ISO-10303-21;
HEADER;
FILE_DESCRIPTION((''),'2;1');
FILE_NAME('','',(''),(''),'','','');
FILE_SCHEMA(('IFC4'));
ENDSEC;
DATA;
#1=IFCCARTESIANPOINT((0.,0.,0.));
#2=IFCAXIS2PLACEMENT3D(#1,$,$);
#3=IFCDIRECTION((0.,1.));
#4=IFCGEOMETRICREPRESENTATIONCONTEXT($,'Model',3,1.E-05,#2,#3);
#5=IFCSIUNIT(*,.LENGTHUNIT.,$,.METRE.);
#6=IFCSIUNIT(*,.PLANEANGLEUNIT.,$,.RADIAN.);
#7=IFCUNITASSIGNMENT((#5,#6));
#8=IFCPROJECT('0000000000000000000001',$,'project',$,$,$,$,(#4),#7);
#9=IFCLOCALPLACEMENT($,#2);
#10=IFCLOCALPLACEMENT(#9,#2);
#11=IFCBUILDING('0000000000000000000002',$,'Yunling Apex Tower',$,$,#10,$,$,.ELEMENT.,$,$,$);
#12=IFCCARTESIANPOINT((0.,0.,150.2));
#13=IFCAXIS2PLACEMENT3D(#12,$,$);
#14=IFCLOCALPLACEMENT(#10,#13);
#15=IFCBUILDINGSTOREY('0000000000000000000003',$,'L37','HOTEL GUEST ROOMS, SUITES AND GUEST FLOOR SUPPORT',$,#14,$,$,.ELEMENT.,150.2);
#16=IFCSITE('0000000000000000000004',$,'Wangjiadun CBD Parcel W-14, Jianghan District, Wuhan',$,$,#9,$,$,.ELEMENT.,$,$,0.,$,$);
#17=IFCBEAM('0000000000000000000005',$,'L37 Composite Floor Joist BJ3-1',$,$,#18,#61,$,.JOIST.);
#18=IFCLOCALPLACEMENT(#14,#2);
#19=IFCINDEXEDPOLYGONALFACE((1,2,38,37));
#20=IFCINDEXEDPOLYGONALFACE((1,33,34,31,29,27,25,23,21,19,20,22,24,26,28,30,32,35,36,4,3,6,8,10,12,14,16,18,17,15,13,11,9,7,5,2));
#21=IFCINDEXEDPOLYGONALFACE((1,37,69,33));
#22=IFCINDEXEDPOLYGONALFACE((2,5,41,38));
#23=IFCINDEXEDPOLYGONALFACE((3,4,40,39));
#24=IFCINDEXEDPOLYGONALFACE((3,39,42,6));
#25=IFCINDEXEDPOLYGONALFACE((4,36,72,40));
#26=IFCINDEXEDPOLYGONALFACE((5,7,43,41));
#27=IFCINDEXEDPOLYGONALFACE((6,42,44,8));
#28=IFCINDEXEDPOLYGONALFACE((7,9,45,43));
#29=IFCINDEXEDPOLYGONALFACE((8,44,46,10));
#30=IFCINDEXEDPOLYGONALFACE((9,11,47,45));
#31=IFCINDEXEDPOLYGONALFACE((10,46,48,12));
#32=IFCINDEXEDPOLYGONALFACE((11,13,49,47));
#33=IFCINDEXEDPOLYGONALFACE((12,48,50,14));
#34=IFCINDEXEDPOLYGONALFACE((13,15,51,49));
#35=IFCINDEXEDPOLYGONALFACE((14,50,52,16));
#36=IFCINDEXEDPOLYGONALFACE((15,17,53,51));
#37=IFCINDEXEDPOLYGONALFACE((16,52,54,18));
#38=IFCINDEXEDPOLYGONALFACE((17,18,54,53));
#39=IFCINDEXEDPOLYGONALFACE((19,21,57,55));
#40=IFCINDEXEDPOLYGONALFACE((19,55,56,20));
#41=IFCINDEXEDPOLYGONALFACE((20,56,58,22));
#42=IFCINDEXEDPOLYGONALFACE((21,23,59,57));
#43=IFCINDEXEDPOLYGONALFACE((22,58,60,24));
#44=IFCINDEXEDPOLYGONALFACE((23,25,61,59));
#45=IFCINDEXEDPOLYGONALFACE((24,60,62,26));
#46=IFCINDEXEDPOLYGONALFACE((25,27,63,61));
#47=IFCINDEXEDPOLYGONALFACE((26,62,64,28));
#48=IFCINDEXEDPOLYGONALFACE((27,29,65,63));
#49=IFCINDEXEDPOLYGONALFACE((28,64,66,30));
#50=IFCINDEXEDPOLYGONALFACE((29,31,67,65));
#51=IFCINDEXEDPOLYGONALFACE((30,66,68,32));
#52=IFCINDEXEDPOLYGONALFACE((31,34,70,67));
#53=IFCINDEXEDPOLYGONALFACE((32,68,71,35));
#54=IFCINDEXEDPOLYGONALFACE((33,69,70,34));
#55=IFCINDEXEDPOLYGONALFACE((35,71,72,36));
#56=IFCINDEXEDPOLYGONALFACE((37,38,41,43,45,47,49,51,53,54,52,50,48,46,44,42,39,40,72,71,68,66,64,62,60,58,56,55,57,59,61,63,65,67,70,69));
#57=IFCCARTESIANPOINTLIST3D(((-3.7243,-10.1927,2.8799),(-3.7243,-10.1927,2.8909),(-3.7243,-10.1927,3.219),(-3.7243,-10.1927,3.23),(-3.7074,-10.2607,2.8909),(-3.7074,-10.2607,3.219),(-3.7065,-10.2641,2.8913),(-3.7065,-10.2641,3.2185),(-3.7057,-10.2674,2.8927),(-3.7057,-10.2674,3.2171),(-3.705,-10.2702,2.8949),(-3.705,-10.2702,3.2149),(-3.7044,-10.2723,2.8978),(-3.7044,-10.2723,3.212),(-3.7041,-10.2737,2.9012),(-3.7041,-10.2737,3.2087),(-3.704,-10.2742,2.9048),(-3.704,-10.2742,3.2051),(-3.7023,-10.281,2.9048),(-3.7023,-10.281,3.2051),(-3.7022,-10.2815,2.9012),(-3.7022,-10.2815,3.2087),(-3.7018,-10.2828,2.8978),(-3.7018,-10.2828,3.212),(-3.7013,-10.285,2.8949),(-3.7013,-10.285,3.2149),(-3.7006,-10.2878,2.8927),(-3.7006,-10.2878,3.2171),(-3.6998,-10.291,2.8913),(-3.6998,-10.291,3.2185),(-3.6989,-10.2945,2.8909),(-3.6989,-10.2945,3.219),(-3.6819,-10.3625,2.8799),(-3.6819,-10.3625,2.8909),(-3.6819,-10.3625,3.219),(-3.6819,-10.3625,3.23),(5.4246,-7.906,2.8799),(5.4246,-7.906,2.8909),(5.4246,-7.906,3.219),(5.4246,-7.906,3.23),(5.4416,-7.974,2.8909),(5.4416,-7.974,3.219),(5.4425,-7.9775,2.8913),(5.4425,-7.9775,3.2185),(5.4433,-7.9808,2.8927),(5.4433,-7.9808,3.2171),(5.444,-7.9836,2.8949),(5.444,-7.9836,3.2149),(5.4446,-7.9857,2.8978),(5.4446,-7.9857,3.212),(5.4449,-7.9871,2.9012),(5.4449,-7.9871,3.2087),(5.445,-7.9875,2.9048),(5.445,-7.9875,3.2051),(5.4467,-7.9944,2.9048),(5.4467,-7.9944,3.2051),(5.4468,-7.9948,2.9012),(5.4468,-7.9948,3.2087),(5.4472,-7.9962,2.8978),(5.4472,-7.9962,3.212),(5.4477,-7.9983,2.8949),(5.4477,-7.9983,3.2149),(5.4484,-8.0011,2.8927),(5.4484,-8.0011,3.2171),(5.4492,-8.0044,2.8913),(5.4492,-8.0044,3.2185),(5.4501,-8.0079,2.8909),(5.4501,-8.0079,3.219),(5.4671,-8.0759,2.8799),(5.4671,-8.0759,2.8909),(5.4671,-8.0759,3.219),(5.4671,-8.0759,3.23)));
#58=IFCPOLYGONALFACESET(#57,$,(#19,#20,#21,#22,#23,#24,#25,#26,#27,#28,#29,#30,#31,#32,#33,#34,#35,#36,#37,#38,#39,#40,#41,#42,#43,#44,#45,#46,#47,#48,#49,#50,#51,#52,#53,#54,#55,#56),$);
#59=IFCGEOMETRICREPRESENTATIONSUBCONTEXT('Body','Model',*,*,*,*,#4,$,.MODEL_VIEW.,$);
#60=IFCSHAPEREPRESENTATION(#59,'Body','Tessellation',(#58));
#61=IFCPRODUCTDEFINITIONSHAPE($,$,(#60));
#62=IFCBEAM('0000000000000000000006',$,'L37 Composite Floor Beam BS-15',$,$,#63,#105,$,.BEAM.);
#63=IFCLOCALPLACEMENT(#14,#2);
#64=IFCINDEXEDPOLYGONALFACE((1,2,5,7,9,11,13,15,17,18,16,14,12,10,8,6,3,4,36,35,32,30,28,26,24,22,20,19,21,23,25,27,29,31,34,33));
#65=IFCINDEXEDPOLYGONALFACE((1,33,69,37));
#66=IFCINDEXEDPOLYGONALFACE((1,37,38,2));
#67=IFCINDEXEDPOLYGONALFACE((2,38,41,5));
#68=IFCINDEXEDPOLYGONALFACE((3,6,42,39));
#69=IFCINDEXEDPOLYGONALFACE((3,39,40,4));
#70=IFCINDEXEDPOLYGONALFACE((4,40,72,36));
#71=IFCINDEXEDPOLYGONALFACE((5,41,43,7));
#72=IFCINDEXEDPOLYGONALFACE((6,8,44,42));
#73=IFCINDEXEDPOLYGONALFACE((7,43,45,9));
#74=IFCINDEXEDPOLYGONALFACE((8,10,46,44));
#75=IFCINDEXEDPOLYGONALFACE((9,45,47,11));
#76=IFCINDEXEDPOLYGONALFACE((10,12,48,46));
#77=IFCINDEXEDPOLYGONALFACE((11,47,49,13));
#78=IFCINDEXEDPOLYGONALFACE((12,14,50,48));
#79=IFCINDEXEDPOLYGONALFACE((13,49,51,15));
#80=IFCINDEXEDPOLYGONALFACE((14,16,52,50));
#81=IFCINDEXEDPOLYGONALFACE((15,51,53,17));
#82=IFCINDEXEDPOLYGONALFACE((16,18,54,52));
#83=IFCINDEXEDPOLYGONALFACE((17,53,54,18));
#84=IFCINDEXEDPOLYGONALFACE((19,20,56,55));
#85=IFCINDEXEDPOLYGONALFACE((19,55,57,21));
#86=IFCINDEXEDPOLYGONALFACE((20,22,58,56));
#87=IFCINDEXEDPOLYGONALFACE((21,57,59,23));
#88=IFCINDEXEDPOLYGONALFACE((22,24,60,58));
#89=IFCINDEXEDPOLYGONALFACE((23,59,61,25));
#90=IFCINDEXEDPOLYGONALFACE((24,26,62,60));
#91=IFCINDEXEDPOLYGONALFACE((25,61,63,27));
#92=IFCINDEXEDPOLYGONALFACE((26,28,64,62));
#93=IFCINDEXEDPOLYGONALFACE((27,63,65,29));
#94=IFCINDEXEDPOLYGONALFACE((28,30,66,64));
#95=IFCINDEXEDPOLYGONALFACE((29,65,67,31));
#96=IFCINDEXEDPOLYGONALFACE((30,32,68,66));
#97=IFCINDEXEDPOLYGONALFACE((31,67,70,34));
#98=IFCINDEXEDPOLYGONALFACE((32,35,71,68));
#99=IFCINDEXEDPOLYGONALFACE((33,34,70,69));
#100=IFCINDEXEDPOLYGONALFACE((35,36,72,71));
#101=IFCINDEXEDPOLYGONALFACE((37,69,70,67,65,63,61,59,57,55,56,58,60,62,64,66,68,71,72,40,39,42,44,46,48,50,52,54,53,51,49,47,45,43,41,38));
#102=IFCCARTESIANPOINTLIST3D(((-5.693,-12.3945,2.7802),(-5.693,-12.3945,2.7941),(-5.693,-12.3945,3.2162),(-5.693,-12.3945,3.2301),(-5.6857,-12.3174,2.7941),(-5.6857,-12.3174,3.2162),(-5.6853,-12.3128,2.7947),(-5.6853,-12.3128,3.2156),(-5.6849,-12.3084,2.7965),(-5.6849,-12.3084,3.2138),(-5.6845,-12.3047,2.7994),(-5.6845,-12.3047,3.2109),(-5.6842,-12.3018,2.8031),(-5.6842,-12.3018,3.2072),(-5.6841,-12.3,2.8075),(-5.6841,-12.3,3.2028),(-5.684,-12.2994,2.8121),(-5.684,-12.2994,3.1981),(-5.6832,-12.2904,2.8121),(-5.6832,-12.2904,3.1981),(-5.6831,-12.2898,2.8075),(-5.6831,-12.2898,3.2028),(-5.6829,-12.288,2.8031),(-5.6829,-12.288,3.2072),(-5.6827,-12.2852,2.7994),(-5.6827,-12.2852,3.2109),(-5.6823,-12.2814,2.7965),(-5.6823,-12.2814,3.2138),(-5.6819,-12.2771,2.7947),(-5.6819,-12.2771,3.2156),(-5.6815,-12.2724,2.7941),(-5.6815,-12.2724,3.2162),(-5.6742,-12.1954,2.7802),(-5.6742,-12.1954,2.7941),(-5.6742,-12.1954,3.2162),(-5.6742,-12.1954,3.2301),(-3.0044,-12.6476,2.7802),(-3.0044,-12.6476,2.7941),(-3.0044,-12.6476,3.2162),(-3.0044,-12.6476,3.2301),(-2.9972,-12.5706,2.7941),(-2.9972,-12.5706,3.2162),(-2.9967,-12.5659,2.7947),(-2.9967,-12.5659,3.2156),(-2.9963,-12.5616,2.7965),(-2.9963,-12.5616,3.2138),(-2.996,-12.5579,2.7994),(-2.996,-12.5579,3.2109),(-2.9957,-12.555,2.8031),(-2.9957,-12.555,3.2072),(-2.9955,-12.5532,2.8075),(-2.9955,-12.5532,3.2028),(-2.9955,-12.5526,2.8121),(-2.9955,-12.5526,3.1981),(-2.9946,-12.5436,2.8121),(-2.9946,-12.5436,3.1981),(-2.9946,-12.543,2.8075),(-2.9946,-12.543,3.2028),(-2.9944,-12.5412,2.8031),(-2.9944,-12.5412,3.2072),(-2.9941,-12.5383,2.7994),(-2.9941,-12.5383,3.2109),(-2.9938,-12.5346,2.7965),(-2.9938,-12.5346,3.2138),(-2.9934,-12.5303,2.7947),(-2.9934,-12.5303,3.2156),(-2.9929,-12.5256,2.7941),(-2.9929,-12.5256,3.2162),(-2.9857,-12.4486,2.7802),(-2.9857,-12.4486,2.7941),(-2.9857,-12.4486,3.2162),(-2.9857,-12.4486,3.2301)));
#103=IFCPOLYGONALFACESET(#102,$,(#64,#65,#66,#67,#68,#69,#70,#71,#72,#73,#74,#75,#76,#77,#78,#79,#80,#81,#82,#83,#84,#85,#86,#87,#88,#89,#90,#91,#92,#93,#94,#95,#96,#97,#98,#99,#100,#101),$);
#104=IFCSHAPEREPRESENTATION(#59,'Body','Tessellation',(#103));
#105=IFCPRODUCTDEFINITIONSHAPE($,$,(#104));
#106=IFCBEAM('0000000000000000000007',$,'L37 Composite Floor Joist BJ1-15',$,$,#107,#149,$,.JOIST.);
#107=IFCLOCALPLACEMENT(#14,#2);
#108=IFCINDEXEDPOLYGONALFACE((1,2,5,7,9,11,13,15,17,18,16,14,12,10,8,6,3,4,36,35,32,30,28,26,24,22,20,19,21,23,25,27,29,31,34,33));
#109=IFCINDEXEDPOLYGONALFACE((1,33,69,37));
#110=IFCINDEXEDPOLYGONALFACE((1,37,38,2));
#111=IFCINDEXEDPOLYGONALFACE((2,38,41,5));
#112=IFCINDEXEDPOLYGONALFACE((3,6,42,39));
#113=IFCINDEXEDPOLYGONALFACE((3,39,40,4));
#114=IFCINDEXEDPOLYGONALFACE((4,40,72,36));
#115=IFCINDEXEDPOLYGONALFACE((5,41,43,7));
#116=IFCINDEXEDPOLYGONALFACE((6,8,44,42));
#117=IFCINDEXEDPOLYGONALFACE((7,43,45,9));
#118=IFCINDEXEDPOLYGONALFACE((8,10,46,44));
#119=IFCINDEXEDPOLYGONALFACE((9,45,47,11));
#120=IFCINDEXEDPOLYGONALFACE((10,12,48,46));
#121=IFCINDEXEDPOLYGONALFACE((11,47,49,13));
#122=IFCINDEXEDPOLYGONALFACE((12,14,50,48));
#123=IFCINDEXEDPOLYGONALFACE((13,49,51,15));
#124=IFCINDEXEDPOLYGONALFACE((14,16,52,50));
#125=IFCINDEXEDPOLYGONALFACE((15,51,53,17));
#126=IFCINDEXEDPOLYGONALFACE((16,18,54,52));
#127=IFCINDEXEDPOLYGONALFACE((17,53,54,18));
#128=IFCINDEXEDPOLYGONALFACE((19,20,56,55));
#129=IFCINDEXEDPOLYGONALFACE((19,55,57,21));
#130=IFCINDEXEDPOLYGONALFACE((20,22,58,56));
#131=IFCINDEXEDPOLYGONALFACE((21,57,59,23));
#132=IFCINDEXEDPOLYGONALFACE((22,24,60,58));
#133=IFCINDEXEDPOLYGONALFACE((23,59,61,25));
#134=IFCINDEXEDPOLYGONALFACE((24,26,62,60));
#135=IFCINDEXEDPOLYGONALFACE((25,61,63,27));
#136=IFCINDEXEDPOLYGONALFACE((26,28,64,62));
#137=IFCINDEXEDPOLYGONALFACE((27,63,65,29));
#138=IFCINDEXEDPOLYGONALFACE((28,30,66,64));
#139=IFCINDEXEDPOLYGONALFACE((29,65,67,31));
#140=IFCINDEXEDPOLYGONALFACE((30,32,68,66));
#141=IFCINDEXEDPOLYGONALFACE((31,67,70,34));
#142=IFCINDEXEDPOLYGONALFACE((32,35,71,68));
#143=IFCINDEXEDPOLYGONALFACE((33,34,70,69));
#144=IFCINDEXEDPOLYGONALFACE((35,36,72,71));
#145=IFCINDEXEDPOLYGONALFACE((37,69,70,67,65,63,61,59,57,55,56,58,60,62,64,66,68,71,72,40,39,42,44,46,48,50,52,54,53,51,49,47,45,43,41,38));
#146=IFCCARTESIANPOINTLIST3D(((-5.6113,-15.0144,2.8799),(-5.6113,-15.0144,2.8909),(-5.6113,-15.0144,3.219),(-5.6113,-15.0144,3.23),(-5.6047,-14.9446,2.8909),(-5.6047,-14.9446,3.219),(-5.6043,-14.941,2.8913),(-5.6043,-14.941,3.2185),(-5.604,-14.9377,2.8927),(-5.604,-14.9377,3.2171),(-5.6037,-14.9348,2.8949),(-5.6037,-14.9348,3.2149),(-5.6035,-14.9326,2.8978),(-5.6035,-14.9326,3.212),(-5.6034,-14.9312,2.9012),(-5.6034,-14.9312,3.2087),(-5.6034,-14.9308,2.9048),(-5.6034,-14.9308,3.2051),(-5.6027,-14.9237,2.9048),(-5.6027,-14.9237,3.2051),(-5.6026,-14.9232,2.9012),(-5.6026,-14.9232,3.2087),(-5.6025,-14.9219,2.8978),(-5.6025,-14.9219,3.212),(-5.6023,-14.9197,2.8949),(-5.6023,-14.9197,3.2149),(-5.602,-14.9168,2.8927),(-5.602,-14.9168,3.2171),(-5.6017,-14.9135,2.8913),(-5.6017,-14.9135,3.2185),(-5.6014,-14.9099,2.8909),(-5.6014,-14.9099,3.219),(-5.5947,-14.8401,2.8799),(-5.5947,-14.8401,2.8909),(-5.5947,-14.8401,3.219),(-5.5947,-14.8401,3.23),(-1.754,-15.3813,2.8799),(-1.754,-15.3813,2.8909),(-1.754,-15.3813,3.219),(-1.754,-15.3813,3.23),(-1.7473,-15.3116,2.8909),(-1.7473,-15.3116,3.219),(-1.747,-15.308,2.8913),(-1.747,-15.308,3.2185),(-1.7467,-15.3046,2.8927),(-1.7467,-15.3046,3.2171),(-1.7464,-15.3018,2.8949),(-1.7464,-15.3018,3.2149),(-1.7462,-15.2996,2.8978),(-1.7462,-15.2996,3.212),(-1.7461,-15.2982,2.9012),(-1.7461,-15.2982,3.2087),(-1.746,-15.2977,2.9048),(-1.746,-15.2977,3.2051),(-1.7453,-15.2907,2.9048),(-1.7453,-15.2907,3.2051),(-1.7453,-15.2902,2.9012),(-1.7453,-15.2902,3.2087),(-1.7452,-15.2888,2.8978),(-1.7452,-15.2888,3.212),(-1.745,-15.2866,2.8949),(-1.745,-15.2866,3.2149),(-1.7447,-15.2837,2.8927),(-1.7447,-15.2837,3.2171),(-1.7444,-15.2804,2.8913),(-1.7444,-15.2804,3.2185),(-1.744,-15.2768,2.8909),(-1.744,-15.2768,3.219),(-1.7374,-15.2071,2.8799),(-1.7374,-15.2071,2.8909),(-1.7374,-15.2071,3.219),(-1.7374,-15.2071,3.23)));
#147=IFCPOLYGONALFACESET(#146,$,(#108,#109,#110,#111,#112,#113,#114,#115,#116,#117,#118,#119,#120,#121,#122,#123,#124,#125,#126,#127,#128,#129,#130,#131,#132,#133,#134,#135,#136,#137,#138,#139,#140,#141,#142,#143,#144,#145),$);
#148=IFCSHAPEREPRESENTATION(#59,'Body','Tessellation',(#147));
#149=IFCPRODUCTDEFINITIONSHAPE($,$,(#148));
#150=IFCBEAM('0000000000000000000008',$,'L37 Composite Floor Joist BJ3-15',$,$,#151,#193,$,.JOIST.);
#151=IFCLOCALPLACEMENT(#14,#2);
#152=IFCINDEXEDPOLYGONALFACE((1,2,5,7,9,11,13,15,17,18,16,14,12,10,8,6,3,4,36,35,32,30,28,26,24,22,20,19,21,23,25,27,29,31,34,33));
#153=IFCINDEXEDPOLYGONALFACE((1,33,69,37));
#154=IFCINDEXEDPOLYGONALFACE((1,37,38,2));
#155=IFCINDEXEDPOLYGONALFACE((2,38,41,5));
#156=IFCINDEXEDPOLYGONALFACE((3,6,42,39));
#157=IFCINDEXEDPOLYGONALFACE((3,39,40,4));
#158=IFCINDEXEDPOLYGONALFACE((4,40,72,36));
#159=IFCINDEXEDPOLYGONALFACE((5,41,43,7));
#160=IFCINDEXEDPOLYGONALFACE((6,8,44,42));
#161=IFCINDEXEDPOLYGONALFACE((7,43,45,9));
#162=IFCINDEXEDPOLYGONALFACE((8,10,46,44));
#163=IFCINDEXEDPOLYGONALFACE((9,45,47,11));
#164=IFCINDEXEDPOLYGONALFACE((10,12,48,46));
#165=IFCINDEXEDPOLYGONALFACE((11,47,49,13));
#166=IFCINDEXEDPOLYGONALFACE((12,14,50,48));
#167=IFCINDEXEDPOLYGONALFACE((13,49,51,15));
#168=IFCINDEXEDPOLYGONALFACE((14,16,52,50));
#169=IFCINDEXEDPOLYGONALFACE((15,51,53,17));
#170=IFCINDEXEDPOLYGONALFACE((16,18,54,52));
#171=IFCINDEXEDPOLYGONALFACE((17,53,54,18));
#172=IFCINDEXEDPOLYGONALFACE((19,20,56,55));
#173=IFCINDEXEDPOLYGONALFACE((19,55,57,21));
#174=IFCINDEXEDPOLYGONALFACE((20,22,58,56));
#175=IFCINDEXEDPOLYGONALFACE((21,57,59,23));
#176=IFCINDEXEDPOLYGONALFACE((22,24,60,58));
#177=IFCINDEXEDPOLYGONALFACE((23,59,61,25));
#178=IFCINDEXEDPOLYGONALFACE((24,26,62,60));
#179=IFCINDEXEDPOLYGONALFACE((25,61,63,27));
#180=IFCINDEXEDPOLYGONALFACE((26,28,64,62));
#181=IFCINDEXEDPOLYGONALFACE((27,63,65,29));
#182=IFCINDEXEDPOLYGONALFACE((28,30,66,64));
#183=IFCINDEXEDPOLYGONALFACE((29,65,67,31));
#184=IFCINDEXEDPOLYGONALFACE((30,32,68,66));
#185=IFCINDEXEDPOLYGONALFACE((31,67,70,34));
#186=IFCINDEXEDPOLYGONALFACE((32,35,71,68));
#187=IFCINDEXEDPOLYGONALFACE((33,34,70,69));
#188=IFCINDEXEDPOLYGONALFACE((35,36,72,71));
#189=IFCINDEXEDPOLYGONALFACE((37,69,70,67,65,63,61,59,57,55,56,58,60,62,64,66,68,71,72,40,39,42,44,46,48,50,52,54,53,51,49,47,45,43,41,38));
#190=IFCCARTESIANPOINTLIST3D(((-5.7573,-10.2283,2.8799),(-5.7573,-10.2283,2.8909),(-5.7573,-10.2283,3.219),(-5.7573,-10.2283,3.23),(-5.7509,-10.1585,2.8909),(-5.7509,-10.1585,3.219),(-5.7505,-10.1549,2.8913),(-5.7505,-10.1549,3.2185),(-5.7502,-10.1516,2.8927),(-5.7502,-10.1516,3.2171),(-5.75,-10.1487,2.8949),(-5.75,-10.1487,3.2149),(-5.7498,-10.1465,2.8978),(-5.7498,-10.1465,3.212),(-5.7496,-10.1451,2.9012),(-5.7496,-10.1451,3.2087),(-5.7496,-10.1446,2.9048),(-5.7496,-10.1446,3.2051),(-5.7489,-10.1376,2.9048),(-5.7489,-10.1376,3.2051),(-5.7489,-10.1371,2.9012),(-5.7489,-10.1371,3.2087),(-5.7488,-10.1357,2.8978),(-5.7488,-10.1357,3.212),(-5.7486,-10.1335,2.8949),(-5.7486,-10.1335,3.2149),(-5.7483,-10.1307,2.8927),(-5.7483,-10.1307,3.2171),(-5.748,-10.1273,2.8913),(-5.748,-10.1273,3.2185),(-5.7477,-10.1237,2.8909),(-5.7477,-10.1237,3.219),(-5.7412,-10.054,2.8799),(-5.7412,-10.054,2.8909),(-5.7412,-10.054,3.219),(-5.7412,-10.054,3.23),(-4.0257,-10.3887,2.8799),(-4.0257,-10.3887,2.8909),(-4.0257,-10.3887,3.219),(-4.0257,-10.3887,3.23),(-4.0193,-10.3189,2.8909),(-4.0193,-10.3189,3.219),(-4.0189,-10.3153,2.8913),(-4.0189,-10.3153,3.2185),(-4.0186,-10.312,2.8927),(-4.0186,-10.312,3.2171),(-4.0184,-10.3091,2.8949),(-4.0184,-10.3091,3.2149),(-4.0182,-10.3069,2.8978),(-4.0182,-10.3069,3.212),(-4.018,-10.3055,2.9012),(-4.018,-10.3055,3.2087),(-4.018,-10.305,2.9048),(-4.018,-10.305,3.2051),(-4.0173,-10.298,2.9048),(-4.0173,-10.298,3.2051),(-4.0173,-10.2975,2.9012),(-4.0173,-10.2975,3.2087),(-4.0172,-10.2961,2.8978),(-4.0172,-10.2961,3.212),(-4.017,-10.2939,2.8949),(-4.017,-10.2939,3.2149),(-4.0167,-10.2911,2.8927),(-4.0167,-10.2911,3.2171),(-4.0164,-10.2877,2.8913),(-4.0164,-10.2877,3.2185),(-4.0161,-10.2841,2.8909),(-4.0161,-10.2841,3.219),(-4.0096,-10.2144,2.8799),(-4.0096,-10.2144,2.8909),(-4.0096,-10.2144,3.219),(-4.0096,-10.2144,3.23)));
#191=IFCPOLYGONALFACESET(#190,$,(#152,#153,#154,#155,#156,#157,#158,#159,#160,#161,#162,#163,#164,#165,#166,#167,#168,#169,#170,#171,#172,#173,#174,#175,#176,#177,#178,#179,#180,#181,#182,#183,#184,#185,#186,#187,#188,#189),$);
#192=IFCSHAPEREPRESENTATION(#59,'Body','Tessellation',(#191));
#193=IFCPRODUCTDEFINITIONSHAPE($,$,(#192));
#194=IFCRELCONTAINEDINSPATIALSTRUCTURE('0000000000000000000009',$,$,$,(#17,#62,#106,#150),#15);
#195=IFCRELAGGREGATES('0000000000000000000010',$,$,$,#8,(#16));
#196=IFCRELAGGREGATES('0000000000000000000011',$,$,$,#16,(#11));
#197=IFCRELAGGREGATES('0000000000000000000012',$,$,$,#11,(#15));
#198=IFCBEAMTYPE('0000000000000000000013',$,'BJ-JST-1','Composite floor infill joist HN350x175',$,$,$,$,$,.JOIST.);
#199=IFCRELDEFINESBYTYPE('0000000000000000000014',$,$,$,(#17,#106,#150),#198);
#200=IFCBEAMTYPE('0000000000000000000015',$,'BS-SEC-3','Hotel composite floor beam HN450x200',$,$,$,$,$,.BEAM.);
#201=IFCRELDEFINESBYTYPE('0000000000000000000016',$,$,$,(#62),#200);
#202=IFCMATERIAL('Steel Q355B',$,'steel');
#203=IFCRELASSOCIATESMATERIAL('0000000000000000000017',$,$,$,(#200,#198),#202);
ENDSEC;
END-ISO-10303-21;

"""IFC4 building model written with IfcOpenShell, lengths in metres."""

from ifc_helpers import new_model, si_unit, direction, frame, origin, origin_2d, place, context, subcontext, project, spatial, i_section, extrude, source, transform, mapped, material, material_profile, profile_set, type_object, element, save


model = new_model("IFC4")

# Units and contexts
model_context = context("Model", 3, precision=1e-05, world=origin(), true_north=direction((0.0, 1.0)))
body_context = subcontext(model_context, "Body", "Model", "MODEL_VIEW")
ifc_project = project(units=[si_unit("LENGTHUNIT", "METRE"), si_unit("PLANEANGLEUNIT", "RADIAN")], contexts=[model_context])

# Site, building, storey
site_placement = place(None, origin())
site = spatial("IfcSite", under=ifc_project, at=site_placement, Name="Wangjiadun CBD Parcel W-14, Jianghan District, Wuhan", CompositionType="ELEMENT", RefElevation=0.0)
building_placement = place(site_placement, origin())
building = spatial("IfcBuilding", under=site, at=building_placement, Name="Yunling Apex Tower", CompositionType="ELEMENT")
storey_placement = place(building_placement, frame((0.0, 0.0, 150.2)))
storey = spatial("IfcBuildingStorey", under=building, at=storey_placement, Name="L37", Description="HOTEL GUEST ROOMS, SUITES AND GUEST FLOOR SUPPORT", CompositionType="ELEMENT", Elevation=150.2)

# Beams
ifc_material_1 = material(Name="Steel Q355B", Category="steel")
ifc_material_profile_1 = material_profile(ifc_material_1, i_section(OverallWidth=0.2, OverallDepth=0.45, WebThickness=0.009, FlangeThickness=0.0139, FilletRadius=0.0181, at=origin_2d()))
ifc_profile_set_1 = profile_set([ifc_material_profile_1], Name="Steel Q355B")
beam_type_1 = type_object("IfcBeamType", Name="BS-SEC-3", Description="Hotel composite floor beam HN450x200", PredefinedType="BEAM", material=ifc_profile_set_1)
ifc_material_profile_2 = material_profile(ifc_material_1, i_section(OverallWidth=0.175, OverallDepth=0.3501, WebThickness=0.0071, FlangeThickness=0.011, FilletRadius=0.0139, at=origin_2d()))
ifc_profile_set_2 = profile_set([ifc_material_profile_2], Name="Steel Q355B")
beam_type_2 = type_object("IfcBeamType", Name="BJ-JST-1", Description="Composite floor infill joist HN350x175", PredefinedType="JOIST", material=ifc_profile_set_2)
shared_shape_1 = source(origin(), body_context, "Body", "SweptSolid", [
    extrude(i_section(OverallWidth=0.175, OverallDepth=0.3501, WebThickness=0.0071, FlangeThickness=0.011, FilletRadius=0.0139, at=origin_2d()), origin(), (0.0, 0.0, 1.0), 9.4304),
])
beam_1_placement = place(storey_placement, frame((-3.7031, -10.2776, 3.0549), z_axis=(0.970158, 0.242475, 0.0), x_axis=(-0.242475, 0.970158, 0.0)))
element("IfcBeam", 1, at=beam_1_placement, inside=storey, type_object=beam_type_2, Name="L37 Composite Floor Joist BJ3-1", PredefinedType="JOIST", context=body_context, shape_type="MappedRepresentation", body=[
    mapped(shared_shape_1, transform((0.0, 0.0, 0.0), scale=1.0)),
])
shared_shape_2 = source(origin(), body_context, "Body", "SweptSolid", [
    extrude(i_section(OverallWidth=0.2, OverallDepth=0.45, WebThickness=0.009, FlangeThickness=0.0139, FilletRadius=0.0181, at=origin_2d()), origin(), (0.0, 0.0, 1.0), 2.7004),
])
beam_2_placement = place(storey_placement, frame((-5.6836, -12.2949, 3.0051), z_axis=(0.995595, -0.093755, 0.0), x_axis=(0.093755, 0.995595, 0.0)))
element("IfcBeam", 2, at=beam_2_placement, inside=storey, type_object=beam_type_1, Name="L37 Composite Floor Beam BS-15", PredefinedType="BEAM", context=body_context, shape_type="MappedRepresentation", body=[
    mapped(shared_shape_2, transform((0.0, 0.0, 0.0), scale=1.0)),
])
shared_shape_3 = source(origin(), body_context, "Body", "SweptSolid", [
    extrude(i_section(OverallWidth=0.175, OverallDepth=0.3501, WebThickness=0.0071, FlangeThickness=0.011, FilletRadius=0.0139, at=origin_2d()), origin(), (0.0, 0.0, 1.0), 3.8748),
])
beam_3_placement = place(storey_placement, frame((-5.603, -14.9272, 3.0549), z_axis=(0.995506, -0.094699, 0.0), x_axis=(0.094699, 0.995506, 0.0)))
element("IfcBeam", 3, at=beam_3_placement, inside=storey, type_object=beam_type_2, Name="L37 Composite Floor Joist BJ1-15", PredefinedType="JOIST", context=body_context, shape_type="MappedRepresentation", body=[
    mapped(shared_shape_3, transform((0.0, 0.0, 0.0), scale=1.0)),
])
shared_shape_4 = source(origin(), body_context, "Body", "SweptSolid", [
    extrude(i_section(OverallWidth=0.175, OverallDepth=0.3501, WebThickness=0.0071, FlangeThickness=0.011, FilletRadius=0.0139, at=origin_2d()), origin(), (0.0, 0.0, 1.0), 1.739),
])
beam_4_placement = place(storey_placement, frame((-5.7493, -10.1411, 3.0549), z_axis=(0.995738, -0.092232, 0.0), x_axis=(0.092232, 0.995738, 0.0)))
element("IfcBeam", 4, at=beam_4_placement, inside=storey, type_object=beam_type_2, Name="L37 Composite Floor Joist BJ3-15", PredefinedType="JOIST", context=body_context, shape_type="MappedRepresentation", body=[
    mapped(shared_shape_4, transform((0.0, 0.0, 0.0), scale=1.0)),
])

save(model, "model.ifc")
